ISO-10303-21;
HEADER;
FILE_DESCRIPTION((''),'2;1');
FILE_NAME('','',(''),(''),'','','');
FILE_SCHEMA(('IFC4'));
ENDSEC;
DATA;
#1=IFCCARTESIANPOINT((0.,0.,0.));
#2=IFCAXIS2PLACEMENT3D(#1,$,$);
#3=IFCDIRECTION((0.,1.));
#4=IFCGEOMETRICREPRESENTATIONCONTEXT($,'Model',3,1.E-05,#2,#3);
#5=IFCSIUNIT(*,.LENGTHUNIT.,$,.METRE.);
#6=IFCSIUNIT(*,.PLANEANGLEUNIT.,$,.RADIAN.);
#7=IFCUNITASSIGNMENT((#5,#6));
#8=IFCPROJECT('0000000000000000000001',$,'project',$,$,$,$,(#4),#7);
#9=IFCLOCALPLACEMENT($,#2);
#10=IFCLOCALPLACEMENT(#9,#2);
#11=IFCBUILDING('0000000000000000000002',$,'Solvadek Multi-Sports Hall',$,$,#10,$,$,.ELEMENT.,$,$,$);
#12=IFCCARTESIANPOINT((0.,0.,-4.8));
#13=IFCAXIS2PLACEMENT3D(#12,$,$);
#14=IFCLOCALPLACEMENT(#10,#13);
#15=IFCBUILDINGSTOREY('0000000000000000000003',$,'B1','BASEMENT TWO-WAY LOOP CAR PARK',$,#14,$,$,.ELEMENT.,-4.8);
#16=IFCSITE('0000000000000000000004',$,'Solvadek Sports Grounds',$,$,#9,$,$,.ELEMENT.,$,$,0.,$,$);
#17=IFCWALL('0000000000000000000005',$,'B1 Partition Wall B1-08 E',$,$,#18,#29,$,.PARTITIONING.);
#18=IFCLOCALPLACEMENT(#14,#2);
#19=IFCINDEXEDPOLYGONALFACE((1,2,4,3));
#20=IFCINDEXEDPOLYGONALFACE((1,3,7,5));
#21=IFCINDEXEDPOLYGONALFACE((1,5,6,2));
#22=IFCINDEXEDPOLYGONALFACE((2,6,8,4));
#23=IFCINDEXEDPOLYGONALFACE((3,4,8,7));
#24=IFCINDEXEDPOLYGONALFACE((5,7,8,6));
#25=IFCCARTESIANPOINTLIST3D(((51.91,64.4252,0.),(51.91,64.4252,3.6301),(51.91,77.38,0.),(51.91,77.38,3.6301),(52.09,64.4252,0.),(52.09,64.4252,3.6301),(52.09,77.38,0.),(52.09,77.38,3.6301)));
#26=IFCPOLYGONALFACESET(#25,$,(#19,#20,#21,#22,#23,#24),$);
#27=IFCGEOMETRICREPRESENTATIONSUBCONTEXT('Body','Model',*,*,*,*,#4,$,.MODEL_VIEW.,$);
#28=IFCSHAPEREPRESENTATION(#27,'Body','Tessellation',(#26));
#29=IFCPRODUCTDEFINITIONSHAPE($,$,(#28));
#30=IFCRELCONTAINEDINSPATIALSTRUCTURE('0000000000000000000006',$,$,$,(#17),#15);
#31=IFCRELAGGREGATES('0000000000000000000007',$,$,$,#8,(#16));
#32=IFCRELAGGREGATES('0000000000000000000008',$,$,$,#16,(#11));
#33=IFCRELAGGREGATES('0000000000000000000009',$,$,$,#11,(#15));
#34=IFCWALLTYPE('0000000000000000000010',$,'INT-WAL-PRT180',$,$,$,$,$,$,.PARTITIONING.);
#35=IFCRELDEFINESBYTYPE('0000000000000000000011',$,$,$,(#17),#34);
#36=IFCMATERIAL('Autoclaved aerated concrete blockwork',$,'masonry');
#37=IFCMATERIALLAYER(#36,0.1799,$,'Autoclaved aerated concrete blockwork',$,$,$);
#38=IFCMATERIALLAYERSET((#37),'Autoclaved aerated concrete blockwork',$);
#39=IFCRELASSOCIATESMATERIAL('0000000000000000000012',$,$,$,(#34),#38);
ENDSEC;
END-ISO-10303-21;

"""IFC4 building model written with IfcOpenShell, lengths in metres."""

from ifc_helpers import new_model, si_unit, direction, frame, frame_2d, origin, place, context, subcontext, project, spatial, rectangle, extrude, material, layer, layer_set, type_object, element, save


model = new_model("IFC4")

# Units and contexts
model_context = context("Model", 3, precision=1e-05, world=origin(), true_north=direction((0.0, 1.0)))
body_context = subcontext(model_context, "Body", "Model", "MODEL_VIEW")
ifc_project = project(units=[si_unit("LENGTHUNIT", "METRE"), si_unit("PLANEANGLEUNIT", "RADIAN")], contexts=[model_context])

# Site, building, storey
site_placement = place(None, origin())
site = spatial("IfcSite", under=ifc_project, at=site_placement, Name="Solvadek Sports Grounds", CompositionType="ELEMENT", RefElevation=0.0)
building_placement = place(site_placement, origin())
building = spatial("IfcBuilding", under=site, at=building_placement, Name="Solvadek Multi-Sports Hall", CompositionType="ELEMENT")
storey_placement = place(building_placement, frame((0.0, 0.0, -4.8)))
storey = spatial("IfcBuildingStorey", under=building, at=storey_placement, Name="B1", Description="BASEMENT TWO-WAY LOOP CAR PARK", CompositionType="ELEMENT", Elevation=-4.8)

# Wall
ifc_material_1 = material(Name="Autoclaved aerated concrete blockwork", Category="masonry")
ifc_layer_1 = layer(ifc_material_1, 0.1799, Name="Autoclaved aerated concrete blockwork")
ifc_layer_set_1 = layer_set([ifc_layer_1], Name="Autoclaved aerated concrete blockwork")
wall_type = type_object("IfcWallType", Name="INT-WAL-PRT180", PredefinedType="PARTITIONING", material=ifc_layer_set_1)
wall_placement = place(storey_placement, frame((52.0, 64.425, 0.0), z_axis=(0.0, 0.0, 1.0), x_axis=(0.0, 1.0, 0.0)))
element("IfcWall", 1, at=wall_placement, inside=storey, type_object=wall_type, Name="B1 Partition Wall B1-08 E", PredefinedType="PARTITIONING", context=body_context, shape_type="SweptSolid", body=[
    extrude(rectangle(XDim=12.9548, YDim=0.1799, at=frame_2d((6.4775, 0.0))), origin(), (0.0, 0.0, 1.0), 3.6301),
])

save(model, "model.ifc")
